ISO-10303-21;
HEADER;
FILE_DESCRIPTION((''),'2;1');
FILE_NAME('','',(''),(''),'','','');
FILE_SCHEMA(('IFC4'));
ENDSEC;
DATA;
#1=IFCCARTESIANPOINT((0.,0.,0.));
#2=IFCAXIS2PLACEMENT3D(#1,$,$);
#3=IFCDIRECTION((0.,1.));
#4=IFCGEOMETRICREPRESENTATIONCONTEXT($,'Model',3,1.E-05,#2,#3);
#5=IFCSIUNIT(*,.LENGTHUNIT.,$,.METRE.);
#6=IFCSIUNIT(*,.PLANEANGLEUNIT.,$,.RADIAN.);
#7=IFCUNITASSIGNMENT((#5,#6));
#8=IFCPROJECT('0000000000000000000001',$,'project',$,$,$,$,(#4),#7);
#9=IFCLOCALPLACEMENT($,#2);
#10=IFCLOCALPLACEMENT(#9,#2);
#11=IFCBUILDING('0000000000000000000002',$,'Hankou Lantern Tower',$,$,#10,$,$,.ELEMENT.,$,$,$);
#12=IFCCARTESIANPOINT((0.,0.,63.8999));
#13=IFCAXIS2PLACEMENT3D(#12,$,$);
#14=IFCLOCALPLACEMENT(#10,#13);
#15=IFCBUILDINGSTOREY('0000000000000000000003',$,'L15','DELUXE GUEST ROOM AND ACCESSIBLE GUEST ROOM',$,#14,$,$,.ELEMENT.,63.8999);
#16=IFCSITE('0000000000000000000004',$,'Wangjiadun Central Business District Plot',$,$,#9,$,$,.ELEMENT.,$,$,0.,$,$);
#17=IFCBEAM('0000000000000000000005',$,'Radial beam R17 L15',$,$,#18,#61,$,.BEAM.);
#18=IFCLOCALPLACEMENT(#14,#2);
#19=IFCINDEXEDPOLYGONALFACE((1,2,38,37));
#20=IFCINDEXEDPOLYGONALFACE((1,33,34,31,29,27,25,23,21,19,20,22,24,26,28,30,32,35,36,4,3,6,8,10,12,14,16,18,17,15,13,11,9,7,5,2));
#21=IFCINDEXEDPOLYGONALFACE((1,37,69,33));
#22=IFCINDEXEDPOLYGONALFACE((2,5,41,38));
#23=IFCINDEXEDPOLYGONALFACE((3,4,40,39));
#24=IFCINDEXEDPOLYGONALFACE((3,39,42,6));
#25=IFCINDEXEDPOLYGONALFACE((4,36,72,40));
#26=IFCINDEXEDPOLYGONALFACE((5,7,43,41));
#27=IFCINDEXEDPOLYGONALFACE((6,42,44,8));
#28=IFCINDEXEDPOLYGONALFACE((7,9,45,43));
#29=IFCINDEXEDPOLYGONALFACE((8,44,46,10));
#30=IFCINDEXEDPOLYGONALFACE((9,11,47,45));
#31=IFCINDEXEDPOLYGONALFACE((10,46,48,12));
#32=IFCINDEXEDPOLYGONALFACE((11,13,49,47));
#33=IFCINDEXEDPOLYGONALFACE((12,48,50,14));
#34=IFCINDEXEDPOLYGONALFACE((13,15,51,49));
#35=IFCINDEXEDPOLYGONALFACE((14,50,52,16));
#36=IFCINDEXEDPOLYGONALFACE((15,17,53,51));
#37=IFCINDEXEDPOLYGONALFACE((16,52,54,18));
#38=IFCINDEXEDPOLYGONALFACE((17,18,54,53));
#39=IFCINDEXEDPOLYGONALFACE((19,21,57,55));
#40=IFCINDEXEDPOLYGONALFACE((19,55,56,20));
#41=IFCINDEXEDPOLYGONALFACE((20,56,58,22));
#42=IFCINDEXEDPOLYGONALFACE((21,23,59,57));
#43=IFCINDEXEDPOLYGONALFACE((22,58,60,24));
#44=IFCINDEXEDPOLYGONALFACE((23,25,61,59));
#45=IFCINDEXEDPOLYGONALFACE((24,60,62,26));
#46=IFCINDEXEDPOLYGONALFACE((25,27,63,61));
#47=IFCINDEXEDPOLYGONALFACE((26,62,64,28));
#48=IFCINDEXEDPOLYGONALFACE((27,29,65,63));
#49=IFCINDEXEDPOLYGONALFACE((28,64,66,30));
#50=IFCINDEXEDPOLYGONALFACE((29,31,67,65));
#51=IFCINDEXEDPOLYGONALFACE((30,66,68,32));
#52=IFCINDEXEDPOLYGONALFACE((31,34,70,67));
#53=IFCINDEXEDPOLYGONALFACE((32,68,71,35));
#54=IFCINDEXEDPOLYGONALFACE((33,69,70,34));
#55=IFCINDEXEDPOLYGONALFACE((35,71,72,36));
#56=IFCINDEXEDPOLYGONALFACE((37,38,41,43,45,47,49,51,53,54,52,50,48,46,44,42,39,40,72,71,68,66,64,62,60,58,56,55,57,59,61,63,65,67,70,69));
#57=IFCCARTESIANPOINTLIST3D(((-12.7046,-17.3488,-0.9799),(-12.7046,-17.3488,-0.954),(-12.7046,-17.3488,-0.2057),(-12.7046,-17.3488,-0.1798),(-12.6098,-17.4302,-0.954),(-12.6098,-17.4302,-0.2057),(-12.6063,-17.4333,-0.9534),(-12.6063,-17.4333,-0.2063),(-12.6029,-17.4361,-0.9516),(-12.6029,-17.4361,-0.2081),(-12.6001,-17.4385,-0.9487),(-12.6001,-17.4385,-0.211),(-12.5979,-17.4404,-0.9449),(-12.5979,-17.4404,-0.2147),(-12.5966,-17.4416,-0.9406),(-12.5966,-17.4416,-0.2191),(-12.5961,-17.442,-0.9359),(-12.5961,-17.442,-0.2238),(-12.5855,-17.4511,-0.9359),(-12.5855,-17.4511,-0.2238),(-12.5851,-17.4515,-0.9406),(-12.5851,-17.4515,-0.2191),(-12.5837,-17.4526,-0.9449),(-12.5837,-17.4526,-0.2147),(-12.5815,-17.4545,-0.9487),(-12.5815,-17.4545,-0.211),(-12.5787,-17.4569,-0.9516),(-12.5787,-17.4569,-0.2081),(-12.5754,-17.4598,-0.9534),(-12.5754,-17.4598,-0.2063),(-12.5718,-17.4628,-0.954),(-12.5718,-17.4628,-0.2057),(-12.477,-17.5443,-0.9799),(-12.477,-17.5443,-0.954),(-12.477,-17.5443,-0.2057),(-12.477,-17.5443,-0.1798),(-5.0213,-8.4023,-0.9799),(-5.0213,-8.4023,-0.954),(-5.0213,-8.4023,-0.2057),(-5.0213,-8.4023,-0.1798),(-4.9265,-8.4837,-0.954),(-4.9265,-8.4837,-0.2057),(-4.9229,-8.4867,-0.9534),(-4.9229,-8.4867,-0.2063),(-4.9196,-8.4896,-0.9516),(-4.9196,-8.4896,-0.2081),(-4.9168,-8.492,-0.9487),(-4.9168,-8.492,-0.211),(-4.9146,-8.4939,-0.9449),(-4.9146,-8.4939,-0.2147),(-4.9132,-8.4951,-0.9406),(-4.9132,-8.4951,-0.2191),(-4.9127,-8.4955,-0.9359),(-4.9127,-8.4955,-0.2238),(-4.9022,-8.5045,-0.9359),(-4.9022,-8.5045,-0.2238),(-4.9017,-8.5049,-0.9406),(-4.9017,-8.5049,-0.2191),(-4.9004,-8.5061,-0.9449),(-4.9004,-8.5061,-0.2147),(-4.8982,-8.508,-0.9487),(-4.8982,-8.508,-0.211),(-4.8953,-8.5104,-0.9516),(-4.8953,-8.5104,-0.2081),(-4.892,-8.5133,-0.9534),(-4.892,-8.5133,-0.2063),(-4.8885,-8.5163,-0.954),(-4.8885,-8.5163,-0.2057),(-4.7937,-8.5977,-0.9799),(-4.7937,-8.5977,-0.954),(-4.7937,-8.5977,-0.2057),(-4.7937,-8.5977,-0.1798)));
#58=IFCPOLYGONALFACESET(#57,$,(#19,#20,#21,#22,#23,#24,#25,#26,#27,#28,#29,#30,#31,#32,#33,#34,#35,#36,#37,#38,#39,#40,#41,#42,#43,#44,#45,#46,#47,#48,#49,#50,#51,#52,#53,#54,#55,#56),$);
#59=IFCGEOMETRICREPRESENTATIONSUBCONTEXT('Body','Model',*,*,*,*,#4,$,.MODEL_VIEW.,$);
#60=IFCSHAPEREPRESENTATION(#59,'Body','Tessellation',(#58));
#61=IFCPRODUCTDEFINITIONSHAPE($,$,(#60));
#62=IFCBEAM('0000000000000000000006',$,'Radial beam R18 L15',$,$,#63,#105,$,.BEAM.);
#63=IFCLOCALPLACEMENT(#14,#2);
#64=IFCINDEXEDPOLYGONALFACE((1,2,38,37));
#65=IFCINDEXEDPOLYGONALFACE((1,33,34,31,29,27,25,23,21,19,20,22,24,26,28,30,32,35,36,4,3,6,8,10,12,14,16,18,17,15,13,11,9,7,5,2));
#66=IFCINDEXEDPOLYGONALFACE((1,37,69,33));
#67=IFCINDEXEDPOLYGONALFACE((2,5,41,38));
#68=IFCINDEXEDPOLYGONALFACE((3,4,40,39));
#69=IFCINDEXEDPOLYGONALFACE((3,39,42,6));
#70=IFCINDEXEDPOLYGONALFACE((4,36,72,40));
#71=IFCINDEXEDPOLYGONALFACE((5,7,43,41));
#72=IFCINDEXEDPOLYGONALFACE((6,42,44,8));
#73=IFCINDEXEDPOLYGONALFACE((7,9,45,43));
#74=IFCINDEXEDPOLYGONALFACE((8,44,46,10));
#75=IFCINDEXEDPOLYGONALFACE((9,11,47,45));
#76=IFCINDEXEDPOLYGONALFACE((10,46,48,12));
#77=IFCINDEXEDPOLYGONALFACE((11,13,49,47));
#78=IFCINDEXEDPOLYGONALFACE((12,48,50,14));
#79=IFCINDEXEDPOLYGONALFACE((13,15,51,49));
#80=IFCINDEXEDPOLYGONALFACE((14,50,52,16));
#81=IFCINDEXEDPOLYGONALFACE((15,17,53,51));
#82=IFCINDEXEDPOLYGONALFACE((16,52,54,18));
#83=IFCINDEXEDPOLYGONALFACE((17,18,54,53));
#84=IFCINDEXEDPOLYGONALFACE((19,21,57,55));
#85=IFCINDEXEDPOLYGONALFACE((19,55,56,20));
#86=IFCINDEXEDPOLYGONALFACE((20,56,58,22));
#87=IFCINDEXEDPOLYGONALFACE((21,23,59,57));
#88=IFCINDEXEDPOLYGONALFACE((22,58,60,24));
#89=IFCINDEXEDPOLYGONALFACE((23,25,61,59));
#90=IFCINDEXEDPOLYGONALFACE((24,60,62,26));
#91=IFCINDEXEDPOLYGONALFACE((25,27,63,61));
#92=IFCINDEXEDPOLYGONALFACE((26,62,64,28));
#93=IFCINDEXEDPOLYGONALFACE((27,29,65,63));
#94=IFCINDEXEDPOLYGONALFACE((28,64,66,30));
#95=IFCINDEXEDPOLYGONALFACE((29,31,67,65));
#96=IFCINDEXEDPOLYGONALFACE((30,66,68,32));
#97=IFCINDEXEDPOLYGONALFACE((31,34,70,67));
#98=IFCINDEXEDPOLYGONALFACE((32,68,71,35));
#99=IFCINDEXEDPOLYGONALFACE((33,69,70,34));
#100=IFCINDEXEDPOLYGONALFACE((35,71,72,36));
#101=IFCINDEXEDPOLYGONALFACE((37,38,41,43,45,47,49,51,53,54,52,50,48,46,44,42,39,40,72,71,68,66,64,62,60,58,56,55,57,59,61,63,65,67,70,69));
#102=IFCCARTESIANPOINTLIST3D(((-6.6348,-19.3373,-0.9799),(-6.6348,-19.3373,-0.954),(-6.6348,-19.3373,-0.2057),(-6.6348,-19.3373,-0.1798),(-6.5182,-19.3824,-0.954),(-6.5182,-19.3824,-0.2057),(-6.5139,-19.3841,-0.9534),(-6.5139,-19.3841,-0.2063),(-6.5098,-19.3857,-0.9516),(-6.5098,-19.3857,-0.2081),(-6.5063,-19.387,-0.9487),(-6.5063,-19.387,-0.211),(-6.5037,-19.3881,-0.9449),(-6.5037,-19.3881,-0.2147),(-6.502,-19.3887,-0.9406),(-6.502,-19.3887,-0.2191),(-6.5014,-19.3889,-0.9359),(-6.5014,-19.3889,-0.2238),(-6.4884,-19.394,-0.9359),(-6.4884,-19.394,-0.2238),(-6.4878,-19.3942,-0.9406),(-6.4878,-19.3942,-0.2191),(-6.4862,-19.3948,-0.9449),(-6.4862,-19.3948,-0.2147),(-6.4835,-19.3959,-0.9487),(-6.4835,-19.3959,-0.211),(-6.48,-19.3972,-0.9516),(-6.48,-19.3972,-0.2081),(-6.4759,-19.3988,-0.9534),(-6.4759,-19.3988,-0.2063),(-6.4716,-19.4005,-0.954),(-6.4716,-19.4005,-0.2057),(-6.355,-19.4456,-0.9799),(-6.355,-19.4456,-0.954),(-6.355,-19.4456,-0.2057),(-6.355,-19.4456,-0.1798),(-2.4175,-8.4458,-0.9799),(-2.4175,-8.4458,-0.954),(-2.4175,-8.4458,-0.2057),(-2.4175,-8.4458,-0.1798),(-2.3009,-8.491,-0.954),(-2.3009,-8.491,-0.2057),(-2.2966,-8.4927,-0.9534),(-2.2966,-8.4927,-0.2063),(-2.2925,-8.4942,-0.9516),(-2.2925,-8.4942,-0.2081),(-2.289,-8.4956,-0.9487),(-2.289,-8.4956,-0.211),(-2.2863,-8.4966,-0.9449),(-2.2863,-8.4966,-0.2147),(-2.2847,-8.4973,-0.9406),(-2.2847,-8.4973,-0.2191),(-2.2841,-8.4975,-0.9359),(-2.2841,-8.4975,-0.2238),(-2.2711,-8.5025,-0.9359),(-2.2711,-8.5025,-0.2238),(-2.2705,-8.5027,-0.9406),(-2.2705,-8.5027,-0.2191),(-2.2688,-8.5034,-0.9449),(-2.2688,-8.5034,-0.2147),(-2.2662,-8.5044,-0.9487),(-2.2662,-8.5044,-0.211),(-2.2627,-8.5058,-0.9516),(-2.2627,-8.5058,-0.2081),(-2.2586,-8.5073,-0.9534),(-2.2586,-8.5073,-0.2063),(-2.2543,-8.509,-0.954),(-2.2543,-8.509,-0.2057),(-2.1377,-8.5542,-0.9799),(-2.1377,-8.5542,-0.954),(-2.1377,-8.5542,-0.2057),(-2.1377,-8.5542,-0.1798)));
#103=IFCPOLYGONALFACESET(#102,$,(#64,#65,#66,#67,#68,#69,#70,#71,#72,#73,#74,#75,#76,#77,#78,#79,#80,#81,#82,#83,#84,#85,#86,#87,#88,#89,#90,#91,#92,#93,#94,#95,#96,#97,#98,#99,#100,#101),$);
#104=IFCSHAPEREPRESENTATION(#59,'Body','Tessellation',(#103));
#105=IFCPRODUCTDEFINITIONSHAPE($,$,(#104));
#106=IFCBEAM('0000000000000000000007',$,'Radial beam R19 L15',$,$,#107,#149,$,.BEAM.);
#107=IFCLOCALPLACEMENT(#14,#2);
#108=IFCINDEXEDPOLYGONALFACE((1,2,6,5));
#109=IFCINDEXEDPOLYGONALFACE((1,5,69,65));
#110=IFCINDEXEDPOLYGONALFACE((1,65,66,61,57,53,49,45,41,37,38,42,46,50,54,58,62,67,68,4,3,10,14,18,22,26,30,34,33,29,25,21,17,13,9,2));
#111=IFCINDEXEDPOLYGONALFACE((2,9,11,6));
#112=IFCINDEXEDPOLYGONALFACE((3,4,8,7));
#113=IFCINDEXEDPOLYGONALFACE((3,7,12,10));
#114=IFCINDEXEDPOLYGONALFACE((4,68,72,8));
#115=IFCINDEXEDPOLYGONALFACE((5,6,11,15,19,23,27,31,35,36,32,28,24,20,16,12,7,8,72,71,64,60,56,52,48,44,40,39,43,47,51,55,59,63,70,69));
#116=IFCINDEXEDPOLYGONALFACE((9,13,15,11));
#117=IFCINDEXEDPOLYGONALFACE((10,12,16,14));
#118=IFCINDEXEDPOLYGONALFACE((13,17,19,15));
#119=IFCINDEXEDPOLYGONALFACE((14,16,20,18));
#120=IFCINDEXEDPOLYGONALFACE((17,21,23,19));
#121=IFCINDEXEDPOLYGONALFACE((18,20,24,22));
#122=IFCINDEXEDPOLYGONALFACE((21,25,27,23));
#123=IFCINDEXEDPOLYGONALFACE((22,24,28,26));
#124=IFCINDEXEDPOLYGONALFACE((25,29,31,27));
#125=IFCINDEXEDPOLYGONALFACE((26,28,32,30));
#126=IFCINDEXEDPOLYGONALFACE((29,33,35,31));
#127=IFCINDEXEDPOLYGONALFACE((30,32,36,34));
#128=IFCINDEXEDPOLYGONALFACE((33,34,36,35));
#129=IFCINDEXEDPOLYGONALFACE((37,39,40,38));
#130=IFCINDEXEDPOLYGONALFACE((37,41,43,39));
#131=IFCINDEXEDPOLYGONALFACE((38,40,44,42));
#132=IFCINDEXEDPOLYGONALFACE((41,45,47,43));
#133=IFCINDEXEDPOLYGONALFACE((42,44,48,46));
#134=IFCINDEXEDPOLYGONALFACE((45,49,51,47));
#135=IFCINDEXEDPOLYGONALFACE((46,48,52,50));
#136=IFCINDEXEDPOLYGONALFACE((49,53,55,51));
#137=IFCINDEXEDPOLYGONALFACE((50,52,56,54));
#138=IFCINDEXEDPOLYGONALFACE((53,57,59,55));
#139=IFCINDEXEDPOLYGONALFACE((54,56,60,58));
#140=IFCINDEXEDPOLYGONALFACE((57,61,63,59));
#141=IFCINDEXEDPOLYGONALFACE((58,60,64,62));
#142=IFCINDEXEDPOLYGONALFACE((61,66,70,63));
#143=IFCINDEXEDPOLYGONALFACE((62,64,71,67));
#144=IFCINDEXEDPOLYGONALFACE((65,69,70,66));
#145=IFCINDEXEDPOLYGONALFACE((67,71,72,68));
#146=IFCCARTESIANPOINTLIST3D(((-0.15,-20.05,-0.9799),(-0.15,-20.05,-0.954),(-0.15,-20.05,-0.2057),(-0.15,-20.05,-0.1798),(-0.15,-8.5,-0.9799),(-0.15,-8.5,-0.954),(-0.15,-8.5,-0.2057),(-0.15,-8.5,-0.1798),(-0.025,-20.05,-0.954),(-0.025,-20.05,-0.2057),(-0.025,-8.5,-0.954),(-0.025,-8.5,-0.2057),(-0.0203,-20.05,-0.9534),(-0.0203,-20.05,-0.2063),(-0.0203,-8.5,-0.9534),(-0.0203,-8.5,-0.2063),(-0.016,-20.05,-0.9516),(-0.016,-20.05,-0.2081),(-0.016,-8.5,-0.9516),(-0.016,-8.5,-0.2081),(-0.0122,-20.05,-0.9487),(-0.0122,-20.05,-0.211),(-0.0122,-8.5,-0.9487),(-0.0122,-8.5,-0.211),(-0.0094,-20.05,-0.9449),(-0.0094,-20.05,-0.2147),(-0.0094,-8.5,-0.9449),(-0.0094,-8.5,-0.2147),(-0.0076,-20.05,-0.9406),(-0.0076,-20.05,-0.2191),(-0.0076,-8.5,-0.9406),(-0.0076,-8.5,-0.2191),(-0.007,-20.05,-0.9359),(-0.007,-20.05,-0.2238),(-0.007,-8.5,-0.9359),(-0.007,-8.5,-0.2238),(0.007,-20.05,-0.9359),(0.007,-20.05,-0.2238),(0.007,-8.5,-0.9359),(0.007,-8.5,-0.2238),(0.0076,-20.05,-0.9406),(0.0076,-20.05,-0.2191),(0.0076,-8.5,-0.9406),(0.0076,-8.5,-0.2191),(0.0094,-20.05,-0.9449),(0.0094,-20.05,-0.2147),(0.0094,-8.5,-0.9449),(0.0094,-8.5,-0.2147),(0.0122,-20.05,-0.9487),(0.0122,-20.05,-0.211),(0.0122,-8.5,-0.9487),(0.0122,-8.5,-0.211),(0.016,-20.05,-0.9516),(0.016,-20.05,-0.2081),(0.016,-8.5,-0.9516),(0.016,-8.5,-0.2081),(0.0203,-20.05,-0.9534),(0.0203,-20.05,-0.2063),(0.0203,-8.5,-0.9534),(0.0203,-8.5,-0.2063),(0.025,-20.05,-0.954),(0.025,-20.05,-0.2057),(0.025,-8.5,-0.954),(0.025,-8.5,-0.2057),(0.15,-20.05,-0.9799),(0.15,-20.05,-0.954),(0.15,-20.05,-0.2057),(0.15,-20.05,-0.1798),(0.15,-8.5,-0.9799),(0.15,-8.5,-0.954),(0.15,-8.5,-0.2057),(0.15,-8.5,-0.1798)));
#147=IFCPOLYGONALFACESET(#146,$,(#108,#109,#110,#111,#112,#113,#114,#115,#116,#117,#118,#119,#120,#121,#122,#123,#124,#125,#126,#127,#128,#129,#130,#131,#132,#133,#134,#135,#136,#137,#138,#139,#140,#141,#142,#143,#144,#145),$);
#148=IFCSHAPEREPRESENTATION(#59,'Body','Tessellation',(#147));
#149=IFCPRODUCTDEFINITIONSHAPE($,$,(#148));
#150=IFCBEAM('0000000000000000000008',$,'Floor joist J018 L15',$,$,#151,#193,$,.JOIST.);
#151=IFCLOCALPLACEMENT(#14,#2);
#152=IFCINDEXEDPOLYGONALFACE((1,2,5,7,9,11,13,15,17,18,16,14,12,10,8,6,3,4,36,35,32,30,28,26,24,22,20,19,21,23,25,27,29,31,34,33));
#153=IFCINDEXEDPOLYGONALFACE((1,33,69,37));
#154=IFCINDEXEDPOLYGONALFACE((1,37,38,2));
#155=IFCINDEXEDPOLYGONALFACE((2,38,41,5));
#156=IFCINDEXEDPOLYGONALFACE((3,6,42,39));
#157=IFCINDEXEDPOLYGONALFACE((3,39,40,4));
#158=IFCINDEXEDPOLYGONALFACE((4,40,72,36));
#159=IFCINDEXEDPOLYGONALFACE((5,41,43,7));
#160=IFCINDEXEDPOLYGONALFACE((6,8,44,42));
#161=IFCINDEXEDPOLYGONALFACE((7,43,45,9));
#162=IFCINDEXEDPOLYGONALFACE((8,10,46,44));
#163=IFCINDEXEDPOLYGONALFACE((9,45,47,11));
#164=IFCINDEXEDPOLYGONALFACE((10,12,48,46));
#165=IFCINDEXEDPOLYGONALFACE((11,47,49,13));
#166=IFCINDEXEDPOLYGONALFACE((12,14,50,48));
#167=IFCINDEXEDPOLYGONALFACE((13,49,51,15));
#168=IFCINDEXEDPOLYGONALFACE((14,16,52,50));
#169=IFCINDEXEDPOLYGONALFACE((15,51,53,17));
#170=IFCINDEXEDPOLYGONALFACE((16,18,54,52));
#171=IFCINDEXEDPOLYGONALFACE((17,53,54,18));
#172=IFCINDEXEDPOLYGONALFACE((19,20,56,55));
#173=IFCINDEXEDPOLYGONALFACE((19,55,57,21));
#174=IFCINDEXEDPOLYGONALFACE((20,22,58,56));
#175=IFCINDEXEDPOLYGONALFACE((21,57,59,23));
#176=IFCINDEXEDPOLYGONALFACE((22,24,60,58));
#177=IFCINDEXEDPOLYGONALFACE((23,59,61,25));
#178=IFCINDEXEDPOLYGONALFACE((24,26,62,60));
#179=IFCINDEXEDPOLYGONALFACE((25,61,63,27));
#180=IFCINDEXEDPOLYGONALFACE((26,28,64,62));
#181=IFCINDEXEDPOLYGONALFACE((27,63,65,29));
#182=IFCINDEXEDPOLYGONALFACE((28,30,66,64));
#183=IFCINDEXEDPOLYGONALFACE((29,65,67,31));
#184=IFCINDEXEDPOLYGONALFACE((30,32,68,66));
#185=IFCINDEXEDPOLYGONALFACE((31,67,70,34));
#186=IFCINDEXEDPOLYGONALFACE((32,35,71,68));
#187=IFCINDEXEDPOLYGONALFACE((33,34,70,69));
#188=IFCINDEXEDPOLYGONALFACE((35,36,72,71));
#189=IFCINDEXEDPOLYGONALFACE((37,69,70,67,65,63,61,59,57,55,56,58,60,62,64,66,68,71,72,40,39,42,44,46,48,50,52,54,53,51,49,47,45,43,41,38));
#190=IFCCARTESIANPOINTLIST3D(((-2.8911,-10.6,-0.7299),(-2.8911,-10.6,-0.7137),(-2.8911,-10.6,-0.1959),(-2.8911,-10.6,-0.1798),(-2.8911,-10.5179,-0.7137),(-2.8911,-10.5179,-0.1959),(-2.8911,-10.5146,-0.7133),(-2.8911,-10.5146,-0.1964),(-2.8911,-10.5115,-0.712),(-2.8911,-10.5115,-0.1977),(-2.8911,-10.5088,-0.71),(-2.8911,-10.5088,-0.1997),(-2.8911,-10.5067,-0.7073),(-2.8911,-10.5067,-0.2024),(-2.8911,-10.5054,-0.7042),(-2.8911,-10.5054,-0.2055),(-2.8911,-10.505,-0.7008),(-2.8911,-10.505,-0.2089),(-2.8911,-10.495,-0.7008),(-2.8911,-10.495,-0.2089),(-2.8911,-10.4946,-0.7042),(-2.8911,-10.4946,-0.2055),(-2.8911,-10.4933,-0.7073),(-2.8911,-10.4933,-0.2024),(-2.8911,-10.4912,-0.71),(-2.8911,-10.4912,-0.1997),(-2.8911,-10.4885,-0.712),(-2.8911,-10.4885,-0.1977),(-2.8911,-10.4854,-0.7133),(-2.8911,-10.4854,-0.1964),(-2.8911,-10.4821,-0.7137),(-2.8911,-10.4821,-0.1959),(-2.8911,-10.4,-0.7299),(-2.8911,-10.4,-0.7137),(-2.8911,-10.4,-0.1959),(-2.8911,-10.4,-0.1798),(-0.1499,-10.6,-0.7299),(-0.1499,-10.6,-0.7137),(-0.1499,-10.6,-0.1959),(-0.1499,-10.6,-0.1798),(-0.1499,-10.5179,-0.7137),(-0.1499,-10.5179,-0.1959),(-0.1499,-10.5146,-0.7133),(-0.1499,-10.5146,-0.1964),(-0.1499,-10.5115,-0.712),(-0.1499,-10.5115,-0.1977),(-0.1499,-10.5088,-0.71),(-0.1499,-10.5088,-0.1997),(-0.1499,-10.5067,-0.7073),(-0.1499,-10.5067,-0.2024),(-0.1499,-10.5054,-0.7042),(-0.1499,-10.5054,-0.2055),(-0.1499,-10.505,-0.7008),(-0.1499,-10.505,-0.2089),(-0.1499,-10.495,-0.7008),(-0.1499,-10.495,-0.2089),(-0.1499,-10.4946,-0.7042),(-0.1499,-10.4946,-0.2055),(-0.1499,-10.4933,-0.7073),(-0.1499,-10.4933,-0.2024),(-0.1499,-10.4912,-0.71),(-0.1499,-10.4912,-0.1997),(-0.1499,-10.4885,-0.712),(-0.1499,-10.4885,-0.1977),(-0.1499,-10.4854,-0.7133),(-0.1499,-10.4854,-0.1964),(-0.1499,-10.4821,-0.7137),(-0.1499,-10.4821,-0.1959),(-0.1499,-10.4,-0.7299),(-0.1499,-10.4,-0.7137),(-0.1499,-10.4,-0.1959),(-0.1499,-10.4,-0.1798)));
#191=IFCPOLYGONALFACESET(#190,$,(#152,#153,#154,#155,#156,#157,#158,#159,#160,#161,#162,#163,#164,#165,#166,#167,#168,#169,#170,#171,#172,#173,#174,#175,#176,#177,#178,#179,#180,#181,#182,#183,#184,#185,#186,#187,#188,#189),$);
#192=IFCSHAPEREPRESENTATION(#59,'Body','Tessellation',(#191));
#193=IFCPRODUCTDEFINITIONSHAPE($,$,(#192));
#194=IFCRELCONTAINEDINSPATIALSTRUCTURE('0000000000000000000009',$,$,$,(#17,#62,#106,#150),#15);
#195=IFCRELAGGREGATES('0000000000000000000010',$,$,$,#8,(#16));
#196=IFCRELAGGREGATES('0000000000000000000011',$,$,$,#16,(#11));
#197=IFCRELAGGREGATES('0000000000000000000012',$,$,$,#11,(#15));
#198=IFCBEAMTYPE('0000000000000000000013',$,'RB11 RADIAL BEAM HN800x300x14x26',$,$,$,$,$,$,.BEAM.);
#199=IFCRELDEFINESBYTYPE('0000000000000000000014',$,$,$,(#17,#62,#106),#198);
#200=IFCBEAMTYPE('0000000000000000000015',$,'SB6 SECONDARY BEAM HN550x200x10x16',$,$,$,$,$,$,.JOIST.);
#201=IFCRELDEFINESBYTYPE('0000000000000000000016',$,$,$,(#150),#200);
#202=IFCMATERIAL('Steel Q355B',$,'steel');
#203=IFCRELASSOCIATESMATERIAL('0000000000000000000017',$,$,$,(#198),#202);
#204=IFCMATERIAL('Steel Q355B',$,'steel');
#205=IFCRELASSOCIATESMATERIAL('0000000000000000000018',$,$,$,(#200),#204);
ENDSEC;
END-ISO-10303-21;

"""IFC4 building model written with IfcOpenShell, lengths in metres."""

from ifc_helpers import new_model, si_unit, direction, frame, origin, origin_2d, place, context, subcontext, project, spatial, i_section, extrude, material, material_profile, profile_set, type_object, element, save


model = new_model("IFC4")

# Units and contexts
model_context = context("Model", 3, precision=1e-05, world=origin(), true_north=direction((0.0, 1.0)))
body_context = subcontext(model_context, "Body", "Model", "MODEL_VIEW")
ifc_project = project(units=[si_unit("LENGTHUNIT", "METRE"), si_unit("PLANEANGLEUNIT", "RADIAN")], contexts=[model_context])

# Site, building, storey
site_placement = place(None, origin())
site = spatial("IfcSite", under=ifc_project, at=site_placement, Name="Wangjiadun Central Business District Plot", CompositionType="ELEMENT", RefElevation=0.0)
building_placement = place(site_placement, origin())
building = spatial("IfcBuilding", under=site, at=building_placement, Name="Hankou Lantern Tower", CompositionType="ELEMENT")
storey_placement = place(building_placement, frame((0.0, 0.0, 63.8999)))
storey = spatial("IfcBuildingStorey", under=building, at=storey_placement, Name="L15", Description="DELUXE GUEST ROOM AND ACCESSIBLE GUEST ROOM", CompositionType="ELEMENT", Elevation=63.8999)

# Beams
ifc_material_1 = material(Name="Steel Q355B", Category="steel")
ifc_material_profile_1 = material_profile(ifc_material_1, i_section(OverallWidth=0.3, OverallDepth=0.8, WebThickness=0.0139, FlangeThickness=0.0259, FilletRadius=0.0181, at=origin_2d()), Name="HN800x300x14x26")
ifc_profile_set_1 = profile_set([ifc_material_profile_1], Name="Steel Q355B")
beam_type_1 = type_object("IfcBeamType", Name="RB11 RADIAL BEAM HN800x300x14x26", PredefinedType="BEAM", material=ifc_profile_set_1)
beam_1_placement = place(storey_placement, frame((-4.9075, -8.5, -0.5798), z_axis=(-0.651519, -0.758632, 0.0), x_axis=(0.758632, -0.651519, 0.0)))
element("IfcBeam", 1, at=beam_1_placement, inside=storey, type_object=beam_type_1, Name="Radial beam R17 L15", PredefinedType="BEAM", context=body_context, shape_type="SweptSolid", body=[
    extrude(i_section(OverallWidth=0.3, OverallDepth=0.8, WebThickness=0.0139, FlangeThickness=0.0259, FilletRadius=0.0181, at=origin_2d()), origin(), (0.0, 0.0, 1.0), 11.793),
])
beam_2_placement = place(storey_placement, frame((-2.2776, -8.5, -0.5798), z_axis=(-0.361089, -0.932531, 0.0), x_axis=(0.932531, -0.361089, 0.0)))
element("IfcBeam", 2, at=beam_2_placement, inside=storey, type_object=beam_type_1, Name="Radial beam R18 L15", PredefinedType="BEAM", context=body_context, shape_type="SweptSolid", body=[
    extrude(i_section(OverallWidth=0.3, OverallDepth=0.8, WebThickness=0.0139, FlangeThickness=0.0259, FilletRadius=0.0181, at=origin_2d()), origin(), (0.0, 0.0, 1.0), 11.6794),
])
beam_3_placement = place(storey_placement, frame((0.0, -8.5, -0.5798), z_axis=(0.0, -1.0, 0.0), x_axis=(1.0, 0.0, 0.0)))
element("IfcBeam", 3, at=beam_3_placement, inside=storey, type_object=beam_type_1, Name="Radial beam R19 L15", PredefinedType="BEAM", context=body_context, shape_type="SweptSolid", body=[
    extrude(i_section(OverallWidth=0.3, OverallDepth=0.8, WebThickness=0.0139, FlangeThickness=0.0259, FilletRadius=0.0181, at=origin_2d()), origin(), (0.0, 0.0, 1.0), 11.55),
])
ifc_material_2 = material(Name="Steel Q355B", Category="steel")
ifc_material_profile_2 = material_profile(ifc_material_2, i_section(OverallWidth=0.2, OverallDepth=0.55, WebThickness=0.01, FlangeThickness=0.0161, FilletRadius=0.0129, at=origin_2d()), Name="HN550x200x10x16")
ifc_profile_set_2 = profile_set([ifc_material_profile_2], Name="Steel Q355B")
beam_type_2 = type_object("IfcBeamType", Name="SB6 SECONDARY BEAM HN550x200x10x16", PredefinedType="JOIST", material=ifc_profile_set_2)
beam_4_placement = place(storey_placement, frame((-2.8911, -10.5, -0.4548), z_axis=(1.0, 0.0, 0.0), x_axis=(0.0, 1.0, 0.0)))
element("IfcBeam", 4, at=beam_4_placement, inside=storey, type_object=beam_type_2, Name="Floor joist J018 L15", PredefinedType="JOIST", context=body_context, shape_type="SweptSolid", body=[
    extrude(i_section(OverallWidth=0.2, OverallDepth=0.55, WebThickness=0.01, FlangeThickness=0.0161, FilletRadius=0.0129, at=origin_2d()), origin(), (0.0, 0.0, 1.0), 2.7412),
])

save(model, "model.ifc")
